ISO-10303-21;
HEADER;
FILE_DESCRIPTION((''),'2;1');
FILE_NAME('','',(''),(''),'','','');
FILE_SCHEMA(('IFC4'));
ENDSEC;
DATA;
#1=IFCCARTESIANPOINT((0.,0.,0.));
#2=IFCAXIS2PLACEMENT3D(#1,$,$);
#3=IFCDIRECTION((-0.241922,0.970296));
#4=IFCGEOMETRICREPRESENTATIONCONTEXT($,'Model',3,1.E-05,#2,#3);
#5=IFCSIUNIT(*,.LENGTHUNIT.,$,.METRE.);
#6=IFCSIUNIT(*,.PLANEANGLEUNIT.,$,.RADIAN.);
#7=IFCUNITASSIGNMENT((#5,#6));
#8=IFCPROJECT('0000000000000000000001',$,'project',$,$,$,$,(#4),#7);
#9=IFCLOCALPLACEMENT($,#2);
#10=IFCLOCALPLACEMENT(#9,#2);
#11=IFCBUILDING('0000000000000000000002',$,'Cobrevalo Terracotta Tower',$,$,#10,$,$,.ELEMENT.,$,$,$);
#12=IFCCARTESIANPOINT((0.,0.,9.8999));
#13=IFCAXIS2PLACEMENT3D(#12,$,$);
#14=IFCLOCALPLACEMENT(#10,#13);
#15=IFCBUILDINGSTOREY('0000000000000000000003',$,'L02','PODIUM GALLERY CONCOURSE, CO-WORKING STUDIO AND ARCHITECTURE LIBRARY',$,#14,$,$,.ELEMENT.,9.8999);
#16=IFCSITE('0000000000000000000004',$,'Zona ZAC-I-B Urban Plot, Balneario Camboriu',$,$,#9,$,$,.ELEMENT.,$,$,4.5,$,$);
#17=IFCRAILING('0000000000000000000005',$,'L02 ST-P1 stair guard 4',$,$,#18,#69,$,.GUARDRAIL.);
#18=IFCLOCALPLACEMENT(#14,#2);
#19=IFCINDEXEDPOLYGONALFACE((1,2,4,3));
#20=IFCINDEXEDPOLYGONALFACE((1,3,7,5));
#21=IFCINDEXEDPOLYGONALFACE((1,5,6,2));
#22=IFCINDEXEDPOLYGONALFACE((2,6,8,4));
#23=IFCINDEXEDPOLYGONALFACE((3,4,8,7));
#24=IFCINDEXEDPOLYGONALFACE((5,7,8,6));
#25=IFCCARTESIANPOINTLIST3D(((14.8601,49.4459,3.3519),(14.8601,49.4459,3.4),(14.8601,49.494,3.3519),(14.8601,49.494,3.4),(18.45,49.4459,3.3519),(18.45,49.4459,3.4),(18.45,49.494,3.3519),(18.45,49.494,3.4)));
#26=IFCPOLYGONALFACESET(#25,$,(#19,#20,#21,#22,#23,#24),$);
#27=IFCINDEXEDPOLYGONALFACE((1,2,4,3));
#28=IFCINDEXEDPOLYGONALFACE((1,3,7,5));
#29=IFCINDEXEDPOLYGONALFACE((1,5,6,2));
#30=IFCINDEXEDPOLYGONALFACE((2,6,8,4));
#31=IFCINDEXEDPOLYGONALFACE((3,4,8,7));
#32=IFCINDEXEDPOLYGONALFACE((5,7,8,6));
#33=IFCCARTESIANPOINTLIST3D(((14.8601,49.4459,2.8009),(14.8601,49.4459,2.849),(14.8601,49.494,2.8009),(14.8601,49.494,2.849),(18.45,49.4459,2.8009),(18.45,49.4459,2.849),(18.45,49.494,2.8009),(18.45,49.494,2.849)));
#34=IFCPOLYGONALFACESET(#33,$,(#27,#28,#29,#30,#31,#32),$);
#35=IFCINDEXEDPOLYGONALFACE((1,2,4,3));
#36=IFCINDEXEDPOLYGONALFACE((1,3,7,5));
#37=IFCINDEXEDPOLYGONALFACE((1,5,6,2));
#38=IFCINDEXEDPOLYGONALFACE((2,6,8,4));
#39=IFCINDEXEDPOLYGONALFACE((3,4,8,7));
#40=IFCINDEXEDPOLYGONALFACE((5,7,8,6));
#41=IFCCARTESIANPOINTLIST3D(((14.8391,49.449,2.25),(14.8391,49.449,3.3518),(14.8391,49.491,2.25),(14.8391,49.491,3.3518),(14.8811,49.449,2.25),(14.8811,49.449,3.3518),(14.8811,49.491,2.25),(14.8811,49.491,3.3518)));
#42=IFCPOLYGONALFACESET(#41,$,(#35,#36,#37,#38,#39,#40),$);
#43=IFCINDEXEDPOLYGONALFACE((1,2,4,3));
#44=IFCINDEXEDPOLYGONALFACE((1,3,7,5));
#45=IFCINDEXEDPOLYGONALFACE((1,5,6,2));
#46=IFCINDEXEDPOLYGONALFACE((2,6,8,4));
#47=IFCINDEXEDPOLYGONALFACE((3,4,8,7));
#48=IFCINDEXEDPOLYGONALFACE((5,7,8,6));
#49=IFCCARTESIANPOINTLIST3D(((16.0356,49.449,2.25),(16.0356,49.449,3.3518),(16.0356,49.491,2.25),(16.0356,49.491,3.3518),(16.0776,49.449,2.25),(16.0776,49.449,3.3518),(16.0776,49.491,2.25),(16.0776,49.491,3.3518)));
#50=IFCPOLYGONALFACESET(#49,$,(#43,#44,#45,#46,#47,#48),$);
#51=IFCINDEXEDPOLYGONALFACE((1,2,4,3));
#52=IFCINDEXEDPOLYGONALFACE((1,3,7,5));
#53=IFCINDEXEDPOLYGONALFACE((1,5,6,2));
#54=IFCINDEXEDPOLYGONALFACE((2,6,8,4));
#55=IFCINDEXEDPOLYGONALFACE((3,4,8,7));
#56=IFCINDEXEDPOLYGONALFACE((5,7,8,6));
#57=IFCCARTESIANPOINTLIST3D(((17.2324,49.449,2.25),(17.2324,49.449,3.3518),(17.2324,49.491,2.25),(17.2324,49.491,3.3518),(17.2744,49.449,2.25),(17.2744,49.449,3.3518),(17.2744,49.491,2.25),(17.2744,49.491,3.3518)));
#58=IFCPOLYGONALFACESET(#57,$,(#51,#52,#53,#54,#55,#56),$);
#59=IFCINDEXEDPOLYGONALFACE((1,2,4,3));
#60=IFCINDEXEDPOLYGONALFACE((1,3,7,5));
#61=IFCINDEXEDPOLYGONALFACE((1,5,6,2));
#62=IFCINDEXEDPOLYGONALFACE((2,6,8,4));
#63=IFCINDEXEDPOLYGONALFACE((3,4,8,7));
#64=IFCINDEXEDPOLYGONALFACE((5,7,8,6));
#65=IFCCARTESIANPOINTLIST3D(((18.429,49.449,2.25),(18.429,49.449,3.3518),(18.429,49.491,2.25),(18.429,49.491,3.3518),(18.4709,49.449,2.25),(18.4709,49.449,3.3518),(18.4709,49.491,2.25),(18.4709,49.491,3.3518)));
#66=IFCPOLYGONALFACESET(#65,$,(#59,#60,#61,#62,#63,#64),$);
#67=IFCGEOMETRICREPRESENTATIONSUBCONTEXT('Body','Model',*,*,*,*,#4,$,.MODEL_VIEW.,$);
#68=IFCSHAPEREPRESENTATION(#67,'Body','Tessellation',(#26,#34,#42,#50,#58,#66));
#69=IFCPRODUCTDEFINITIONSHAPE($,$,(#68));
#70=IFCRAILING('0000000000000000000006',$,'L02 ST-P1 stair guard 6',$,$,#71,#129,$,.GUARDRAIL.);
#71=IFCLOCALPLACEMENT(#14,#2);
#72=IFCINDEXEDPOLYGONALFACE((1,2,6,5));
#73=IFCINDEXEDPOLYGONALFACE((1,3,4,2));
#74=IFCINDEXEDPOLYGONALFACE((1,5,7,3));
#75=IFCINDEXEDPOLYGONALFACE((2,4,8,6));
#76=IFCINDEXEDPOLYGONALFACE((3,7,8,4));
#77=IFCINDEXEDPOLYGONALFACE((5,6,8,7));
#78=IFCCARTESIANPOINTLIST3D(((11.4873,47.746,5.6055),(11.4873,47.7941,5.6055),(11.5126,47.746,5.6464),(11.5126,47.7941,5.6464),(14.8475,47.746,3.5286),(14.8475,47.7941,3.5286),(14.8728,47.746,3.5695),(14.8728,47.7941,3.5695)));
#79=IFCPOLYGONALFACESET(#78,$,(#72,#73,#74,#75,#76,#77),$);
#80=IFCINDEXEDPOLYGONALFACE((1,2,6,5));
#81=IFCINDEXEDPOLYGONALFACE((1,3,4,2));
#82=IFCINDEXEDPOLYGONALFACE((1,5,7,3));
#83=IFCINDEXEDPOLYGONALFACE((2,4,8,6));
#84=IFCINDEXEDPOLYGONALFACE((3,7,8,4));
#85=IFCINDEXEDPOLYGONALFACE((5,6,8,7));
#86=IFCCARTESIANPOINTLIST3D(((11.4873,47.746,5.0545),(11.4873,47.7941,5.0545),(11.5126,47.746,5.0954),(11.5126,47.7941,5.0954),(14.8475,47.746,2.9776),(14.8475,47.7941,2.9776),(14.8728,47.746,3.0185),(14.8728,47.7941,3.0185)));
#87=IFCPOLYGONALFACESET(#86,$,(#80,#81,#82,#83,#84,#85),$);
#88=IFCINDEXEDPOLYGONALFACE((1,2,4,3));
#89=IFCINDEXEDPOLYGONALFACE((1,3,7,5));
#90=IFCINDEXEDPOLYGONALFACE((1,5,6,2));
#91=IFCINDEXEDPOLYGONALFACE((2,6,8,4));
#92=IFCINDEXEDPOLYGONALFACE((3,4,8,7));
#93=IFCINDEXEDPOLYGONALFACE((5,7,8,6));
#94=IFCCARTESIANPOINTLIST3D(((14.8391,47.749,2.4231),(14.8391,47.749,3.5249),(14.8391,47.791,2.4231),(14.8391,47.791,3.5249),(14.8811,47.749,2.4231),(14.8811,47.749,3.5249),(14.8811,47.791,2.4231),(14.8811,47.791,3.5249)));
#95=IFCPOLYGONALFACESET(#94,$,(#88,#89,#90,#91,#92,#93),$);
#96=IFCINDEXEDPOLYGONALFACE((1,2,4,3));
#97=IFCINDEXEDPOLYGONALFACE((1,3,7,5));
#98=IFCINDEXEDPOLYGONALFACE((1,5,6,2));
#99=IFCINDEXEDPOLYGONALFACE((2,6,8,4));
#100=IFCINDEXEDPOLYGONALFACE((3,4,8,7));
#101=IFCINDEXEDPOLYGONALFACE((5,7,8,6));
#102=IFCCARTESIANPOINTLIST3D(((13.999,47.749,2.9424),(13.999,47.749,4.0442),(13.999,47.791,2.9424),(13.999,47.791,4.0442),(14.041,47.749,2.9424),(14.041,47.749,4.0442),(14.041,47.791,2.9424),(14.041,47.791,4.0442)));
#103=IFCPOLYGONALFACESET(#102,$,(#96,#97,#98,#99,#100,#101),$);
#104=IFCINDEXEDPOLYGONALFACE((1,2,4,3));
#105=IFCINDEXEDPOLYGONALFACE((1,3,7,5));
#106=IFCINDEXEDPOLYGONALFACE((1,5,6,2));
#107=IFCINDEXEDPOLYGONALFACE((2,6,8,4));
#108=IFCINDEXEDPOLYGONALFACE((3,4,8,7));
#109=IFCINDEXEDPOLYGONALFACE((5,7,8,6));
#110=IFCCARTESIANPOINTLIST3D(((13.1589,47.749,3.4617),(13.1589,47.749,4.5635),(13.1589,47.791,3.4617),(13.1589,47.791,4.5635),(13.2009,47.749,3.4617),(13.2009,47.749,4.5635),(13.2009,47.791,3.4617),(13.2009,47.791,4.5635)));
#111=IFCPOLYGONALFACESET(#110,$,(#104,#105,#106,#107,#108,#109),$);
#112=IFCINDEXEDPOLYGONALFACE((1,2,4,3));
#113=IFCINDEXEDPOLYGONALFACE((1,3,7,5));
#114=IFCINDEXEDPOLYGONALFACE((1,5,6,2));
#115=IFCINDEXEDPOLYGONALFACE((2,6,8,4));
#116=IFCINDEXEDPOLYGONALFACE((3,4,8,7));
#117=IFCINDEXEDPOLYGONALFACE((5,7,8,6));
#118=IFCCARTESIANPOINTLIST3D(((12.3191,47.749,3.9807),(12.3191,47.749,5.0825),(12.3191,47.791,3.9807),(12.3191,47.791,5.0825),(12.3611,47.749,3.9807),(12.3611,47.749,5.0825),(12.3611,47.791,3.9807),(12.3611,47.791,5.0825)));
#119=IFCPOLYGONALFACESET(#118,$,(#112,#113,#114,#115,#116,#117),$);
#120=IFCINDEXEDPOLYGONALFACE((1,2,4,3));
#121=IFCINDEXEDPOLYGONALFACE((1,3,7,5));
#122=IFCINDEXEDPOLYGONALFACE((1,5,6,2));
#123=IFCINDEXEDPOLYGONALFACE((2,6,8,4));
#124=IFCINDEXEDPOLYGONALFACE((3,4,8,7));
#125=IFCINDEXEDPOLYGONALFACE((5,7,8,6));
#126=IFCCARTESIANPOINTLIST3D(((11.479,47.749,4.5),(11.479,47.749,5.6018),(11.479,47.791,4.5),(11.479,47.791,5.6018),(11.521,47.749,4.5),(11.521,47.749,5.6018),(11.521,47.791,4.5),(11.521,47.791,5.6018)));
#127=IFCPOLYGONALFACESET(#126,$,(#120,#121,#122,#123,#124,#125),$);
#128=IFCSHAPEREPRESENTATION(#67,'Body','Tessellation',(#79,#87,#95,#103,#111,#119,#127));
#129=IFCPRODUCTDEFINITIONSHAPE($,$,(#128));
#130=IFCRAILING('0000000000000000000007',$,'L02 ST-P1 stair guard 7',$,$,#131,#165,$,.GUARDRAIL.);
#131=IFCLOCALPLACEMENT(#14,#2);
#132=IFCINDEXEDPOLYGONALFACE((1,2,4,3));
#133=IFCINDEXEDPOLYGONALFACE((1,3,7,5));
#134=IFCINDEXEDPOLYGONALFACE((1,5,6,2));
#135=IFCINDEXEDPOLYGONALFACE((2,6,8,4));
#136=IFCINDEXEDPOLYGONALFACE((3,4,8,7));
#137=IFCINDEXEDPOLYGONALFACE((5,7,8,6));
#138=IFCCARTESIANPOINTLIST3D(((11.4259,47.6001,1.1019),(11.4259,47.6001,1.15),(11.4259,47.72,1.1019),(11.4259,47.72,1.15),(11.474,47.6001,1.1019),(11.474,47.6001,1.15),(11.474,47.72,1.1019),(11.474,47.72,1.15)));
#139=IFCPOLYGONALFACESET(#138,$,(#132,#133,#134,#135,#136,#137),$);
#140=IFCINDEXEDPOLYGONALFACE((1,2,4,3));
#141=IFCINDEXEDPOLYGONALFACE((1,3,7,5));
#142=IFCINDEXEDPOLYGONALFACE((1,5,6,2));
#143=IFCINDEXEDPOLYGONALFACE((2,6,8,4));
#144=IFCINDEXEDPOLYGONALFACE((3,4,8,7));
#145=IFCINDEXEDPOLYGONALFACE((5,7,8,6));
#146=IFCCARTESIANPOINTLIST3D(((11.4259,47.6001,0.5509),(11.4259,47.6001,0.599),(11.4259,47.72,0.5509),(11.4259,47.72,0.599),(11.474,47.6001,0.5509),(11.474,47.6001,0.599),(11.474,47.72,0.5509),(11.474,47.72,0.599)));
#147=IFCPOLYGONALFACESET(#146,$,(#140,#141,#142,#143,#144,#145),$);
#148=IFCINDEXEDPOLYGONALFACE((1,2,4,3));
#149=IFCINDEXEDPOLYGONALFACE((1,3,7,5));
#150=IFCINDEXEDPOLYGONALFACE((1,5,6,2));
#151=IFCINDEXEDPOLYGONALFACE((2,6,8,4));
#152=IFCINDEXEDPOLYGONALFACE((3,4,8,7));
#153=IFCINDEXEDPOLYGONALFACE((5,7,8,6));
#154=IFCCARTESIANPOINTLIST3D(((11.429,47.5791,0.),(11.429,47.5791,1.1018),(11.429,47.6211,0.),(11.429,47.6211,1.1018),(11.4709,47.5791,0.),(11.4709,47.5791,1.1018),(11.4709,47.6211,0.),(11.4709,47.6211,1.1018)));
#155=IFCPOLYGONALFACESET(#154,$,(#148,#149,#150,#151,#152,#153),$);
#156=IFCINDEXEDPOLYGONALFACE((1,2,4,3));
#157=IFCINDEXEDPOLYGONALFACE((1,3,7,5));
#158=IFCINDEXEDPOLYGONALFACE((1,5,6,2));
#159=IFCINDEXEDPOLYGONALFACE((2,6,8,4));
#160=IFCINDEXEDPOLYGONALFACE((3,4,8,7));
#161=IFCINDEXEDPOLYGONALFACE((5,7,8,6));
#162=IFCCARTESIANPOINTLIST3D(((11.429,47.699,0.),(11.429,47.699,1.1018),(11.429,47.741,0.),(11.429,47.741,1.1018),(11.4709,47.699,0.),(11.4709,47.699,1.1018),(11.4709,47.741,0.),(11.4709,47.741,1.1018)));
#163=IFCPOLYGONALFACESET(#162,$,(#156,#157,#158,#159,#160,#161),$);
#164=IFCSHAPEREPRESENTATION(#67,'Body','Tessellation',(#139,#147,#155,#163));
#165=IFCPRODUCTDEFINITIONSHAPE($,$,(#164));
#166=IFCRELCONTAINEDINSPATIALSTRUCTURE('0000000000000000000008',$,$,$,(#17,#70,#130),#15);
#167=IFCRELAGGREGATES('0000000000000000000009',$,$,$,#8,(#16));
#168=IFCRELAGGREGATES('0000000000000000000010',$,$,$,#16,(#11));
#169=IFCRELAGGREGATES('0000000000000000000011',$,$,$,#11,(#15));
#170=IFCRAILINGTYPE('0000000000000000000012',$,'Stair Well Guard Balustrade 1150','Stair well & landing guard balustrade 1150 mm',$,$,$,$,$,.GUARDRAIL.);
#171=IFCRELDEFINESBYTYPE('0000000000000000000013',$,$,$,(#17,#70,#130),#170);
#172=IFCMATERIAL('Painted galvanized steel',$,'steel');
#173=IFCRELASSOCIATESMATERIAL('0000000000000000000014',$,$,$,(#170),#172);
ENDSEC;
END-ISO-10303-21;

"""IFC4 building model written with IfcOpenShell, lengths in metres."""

from ifc_helpers import new_model, si_unit, direction, frame, origin, origin_2d, place, context, subcontext, project, spatial, rectangle, extrude, material, type_object, element, save


model = new_model("IFC4")

# Units and contexts
model_context = context("Model", 3, precision=1e-05, world=origin(), true_north=direction((-0.241922, 0.970296)))
body_context = subcontext(model_context, "Body", "Model", "MODEL_VIEW")
ifc_project = project(units=[si_unit("LENGTHUNIT", "METRE"), si_unit("PLANEANGLEUNIT", "RADIAN")], contexts=[model_context])

# Site, building, storey
site_placement = place(None, origin())
site = spatial("IfcSite", under=ifc_project, at=site_placement, Name="Zona ZAC-I-B Urban Plot, Balneario Camboriu", CompositionType="ELEMENT", RefElevation=4.5)
building_placement = place(site_placement, origin())
building = spatial("IfcBuilding", under=site, at=building_placement, Name="Cobrevalo Terracotta Tower", CompositionType="ELEMENT")
storey_placement = place(building_placement, frame((0.0, 0.0, 9.8999)))
storey = spatial("IfcBuildingStorey", under=building, at=storey_placement, Name="L02", Description="PODIUM GALLERY CONCOURSE, CO-WORKING STUDIO AND ARCHITECTURE LIBRARY", CompositionType="ELEMENT", Elevation=9.8999)

# Railings
ifc_material_1 = material(Name="Painted galvanized steel", Category="steel")
railing_type_1 = type_object("IfcRailingType", Name="Stair Well Guard Balustrade 1150", Description="Stair well & landing guard balustrade 1150 mm", PredefinedType="GUARDRAIL", material=ifc_material_1)
railing_1_placement = place(storey_placement, frame((14.8601, 49.47, 2.25)))
element("IfcRailing", 1, at=railing_1_placement, inside=storey, type_object=railing_type_1, Name="L02 ST-P1 stair guard 4", PredefinedType="GUARDRAIL", context=body_context, shape_type="SweptSolid", body=[
    extrude(rectangle(XDim=0.0481, YDim=0.0481, at=origin_2d()), frame((0.0, 0.0, 1.126), z_axis=(1.0, 0.0, 0.0), x_axis=(0.0, 1.0, 0.0)), (0.0, 0.0, 1.0), 3.5898),
    extrude(rectangle(XDim=0.0481, YDim=0.0481, at=origin_2d()), frame((0.0, 0.0, 0.575), z_axis=(1.0, 0.0, 0.0), x_axis=(0.0, 1.0, 0.0)), (0.0, 0.0, 1.0), 3.5898),
    extrude(rectangle(XDim=0.042, YDim=0.042, at=origin_2d()), origin(), (0.0, 0.0, 1.0), 1.1018),
    extrude(rectangle(XDim=0.042, YDim=0.042, at=origin_2d()), frame((1.1965, 0.0, 0.0)), (0.0, 0.0, 1.0), 1.1018),
    extrude(rectangle(XDim=0.042, YDim=0.042, at=origin_2d()), frame((2.3933, 0.0, 0.0)), (0.0, 0.0, 1.0), 1.1018),
    extrude(rectangle(XDim=0.042, YDim=0.042, at=origin_2d()), frame((3.5898, 0.0, 0.0)), (0.0, 0.0, 1.0), 1.1018),
])
railing_2_placement = place(storey_placement, frame((14.8601, 47.77, 2.4231)))
element("IfcRailing", 2, at=railing_2_placement, inside=storey, type_object=railing_type_1, Name="L02 ST-P1 stair guard 6", PredefinedType="GUARDRAIL", context=body_context, shape_type="SweptSolid", body=[
    extrude(rectangle(XDim=0.0481, YDim=0.0481, at=origin_2d()), frame((0.0, 0.0, 1.126), z_axis=(-0.850623, 0.0, 0.525776), x_axis=(0.0, -1.0, 0.0)), (0.0, 0.0, 1.0), 3.9502),
    extrude(rectangle(XDim=0.0481, YDim=0.0481, at=origin_2d()), frame((0.0, 0.0, 0.575), z_axis=(-0.850623, 0.0, 0.525776), x_axis=(0.0, -1.0, 0.0)), (0.0, 0.0, 1.0), 3.9502),
    extrude(rectangle(XDim=0.042, YDim=0.042, at=origin_2d()), origin(), (0.0, 0.0, 1.0), 1.1018),
    extrude(rectangle(XDim=0.042, YDim=0.042, at=origin_2d()), frame((-0.8401, 0.0, 0.5193)), (0.0, 0.0, 1.0), 1.1018),
    extrude(rectangle(XDim=0.042, YDim=0.042, at=origin_2d()), frame((-1.6802, 0.0, 1.0386)), (0.0, 0.0, 1.0), 1.1018),
    extrude(rectangle(XDim=0.042, YDim=0.042, at=origin_2d()), frame((-2.52, 0.0, 1.5576)), (0.0, 0.0, 1.0), 1.1018),
    extrude(rectangle(XDim=0.042, YDim=0.042, at=origin_2d()), frame((-3.3601, 0.0, 2.0769)), (0.0, 0.0, 1.0), 1.1018),
])
railing_3_placement = place(storey_placement, frame((11.45, 47.6001, 0.0)))
element("IfcRailing", 3, at=railing_3_placement, inside=storey, type_object=railing_type_1, Name="L02 ST-P1 stair guard 7", PredefinedType="GUARDRAIL", context=body_context, shape_type="SweptSolid", body=[
    extrude(rectangle(XDim=0.0481, YDim=0.0481, at=origin_2d()), frame((0.0, 0.0, 1.126), z_axis=(0.0, 1.0, 0.0), x_axis=(-1.0, 0.0, 0.0)), (0.0, 0.0, 1.0), 0.1199),
    extrude(rectangle(XDim=0.0481, YDim=0.0481, at=origin_2d()), frame((0.0, 0.0, 0.575), z_axis=(0.0, 1.0, 0.0), x_axis=(-1.0, 0.0, 0.0)), (0.0, 0.0, 1.0), 0.1199),
    extrude(rectangle(XDim=0.042, YDim=0.042, at=origin_2d()), origin(), (0.0, 0.0, 1.0), 1.1018),
    extrude(rectangle(XDim=0.042, YDim=0.042, at=origin_2d()), frame((0.0, 0.1199, 0.0)), (0.0, 0.0, 1.0), 1.1018),
])

save(model, "model.ifc")
